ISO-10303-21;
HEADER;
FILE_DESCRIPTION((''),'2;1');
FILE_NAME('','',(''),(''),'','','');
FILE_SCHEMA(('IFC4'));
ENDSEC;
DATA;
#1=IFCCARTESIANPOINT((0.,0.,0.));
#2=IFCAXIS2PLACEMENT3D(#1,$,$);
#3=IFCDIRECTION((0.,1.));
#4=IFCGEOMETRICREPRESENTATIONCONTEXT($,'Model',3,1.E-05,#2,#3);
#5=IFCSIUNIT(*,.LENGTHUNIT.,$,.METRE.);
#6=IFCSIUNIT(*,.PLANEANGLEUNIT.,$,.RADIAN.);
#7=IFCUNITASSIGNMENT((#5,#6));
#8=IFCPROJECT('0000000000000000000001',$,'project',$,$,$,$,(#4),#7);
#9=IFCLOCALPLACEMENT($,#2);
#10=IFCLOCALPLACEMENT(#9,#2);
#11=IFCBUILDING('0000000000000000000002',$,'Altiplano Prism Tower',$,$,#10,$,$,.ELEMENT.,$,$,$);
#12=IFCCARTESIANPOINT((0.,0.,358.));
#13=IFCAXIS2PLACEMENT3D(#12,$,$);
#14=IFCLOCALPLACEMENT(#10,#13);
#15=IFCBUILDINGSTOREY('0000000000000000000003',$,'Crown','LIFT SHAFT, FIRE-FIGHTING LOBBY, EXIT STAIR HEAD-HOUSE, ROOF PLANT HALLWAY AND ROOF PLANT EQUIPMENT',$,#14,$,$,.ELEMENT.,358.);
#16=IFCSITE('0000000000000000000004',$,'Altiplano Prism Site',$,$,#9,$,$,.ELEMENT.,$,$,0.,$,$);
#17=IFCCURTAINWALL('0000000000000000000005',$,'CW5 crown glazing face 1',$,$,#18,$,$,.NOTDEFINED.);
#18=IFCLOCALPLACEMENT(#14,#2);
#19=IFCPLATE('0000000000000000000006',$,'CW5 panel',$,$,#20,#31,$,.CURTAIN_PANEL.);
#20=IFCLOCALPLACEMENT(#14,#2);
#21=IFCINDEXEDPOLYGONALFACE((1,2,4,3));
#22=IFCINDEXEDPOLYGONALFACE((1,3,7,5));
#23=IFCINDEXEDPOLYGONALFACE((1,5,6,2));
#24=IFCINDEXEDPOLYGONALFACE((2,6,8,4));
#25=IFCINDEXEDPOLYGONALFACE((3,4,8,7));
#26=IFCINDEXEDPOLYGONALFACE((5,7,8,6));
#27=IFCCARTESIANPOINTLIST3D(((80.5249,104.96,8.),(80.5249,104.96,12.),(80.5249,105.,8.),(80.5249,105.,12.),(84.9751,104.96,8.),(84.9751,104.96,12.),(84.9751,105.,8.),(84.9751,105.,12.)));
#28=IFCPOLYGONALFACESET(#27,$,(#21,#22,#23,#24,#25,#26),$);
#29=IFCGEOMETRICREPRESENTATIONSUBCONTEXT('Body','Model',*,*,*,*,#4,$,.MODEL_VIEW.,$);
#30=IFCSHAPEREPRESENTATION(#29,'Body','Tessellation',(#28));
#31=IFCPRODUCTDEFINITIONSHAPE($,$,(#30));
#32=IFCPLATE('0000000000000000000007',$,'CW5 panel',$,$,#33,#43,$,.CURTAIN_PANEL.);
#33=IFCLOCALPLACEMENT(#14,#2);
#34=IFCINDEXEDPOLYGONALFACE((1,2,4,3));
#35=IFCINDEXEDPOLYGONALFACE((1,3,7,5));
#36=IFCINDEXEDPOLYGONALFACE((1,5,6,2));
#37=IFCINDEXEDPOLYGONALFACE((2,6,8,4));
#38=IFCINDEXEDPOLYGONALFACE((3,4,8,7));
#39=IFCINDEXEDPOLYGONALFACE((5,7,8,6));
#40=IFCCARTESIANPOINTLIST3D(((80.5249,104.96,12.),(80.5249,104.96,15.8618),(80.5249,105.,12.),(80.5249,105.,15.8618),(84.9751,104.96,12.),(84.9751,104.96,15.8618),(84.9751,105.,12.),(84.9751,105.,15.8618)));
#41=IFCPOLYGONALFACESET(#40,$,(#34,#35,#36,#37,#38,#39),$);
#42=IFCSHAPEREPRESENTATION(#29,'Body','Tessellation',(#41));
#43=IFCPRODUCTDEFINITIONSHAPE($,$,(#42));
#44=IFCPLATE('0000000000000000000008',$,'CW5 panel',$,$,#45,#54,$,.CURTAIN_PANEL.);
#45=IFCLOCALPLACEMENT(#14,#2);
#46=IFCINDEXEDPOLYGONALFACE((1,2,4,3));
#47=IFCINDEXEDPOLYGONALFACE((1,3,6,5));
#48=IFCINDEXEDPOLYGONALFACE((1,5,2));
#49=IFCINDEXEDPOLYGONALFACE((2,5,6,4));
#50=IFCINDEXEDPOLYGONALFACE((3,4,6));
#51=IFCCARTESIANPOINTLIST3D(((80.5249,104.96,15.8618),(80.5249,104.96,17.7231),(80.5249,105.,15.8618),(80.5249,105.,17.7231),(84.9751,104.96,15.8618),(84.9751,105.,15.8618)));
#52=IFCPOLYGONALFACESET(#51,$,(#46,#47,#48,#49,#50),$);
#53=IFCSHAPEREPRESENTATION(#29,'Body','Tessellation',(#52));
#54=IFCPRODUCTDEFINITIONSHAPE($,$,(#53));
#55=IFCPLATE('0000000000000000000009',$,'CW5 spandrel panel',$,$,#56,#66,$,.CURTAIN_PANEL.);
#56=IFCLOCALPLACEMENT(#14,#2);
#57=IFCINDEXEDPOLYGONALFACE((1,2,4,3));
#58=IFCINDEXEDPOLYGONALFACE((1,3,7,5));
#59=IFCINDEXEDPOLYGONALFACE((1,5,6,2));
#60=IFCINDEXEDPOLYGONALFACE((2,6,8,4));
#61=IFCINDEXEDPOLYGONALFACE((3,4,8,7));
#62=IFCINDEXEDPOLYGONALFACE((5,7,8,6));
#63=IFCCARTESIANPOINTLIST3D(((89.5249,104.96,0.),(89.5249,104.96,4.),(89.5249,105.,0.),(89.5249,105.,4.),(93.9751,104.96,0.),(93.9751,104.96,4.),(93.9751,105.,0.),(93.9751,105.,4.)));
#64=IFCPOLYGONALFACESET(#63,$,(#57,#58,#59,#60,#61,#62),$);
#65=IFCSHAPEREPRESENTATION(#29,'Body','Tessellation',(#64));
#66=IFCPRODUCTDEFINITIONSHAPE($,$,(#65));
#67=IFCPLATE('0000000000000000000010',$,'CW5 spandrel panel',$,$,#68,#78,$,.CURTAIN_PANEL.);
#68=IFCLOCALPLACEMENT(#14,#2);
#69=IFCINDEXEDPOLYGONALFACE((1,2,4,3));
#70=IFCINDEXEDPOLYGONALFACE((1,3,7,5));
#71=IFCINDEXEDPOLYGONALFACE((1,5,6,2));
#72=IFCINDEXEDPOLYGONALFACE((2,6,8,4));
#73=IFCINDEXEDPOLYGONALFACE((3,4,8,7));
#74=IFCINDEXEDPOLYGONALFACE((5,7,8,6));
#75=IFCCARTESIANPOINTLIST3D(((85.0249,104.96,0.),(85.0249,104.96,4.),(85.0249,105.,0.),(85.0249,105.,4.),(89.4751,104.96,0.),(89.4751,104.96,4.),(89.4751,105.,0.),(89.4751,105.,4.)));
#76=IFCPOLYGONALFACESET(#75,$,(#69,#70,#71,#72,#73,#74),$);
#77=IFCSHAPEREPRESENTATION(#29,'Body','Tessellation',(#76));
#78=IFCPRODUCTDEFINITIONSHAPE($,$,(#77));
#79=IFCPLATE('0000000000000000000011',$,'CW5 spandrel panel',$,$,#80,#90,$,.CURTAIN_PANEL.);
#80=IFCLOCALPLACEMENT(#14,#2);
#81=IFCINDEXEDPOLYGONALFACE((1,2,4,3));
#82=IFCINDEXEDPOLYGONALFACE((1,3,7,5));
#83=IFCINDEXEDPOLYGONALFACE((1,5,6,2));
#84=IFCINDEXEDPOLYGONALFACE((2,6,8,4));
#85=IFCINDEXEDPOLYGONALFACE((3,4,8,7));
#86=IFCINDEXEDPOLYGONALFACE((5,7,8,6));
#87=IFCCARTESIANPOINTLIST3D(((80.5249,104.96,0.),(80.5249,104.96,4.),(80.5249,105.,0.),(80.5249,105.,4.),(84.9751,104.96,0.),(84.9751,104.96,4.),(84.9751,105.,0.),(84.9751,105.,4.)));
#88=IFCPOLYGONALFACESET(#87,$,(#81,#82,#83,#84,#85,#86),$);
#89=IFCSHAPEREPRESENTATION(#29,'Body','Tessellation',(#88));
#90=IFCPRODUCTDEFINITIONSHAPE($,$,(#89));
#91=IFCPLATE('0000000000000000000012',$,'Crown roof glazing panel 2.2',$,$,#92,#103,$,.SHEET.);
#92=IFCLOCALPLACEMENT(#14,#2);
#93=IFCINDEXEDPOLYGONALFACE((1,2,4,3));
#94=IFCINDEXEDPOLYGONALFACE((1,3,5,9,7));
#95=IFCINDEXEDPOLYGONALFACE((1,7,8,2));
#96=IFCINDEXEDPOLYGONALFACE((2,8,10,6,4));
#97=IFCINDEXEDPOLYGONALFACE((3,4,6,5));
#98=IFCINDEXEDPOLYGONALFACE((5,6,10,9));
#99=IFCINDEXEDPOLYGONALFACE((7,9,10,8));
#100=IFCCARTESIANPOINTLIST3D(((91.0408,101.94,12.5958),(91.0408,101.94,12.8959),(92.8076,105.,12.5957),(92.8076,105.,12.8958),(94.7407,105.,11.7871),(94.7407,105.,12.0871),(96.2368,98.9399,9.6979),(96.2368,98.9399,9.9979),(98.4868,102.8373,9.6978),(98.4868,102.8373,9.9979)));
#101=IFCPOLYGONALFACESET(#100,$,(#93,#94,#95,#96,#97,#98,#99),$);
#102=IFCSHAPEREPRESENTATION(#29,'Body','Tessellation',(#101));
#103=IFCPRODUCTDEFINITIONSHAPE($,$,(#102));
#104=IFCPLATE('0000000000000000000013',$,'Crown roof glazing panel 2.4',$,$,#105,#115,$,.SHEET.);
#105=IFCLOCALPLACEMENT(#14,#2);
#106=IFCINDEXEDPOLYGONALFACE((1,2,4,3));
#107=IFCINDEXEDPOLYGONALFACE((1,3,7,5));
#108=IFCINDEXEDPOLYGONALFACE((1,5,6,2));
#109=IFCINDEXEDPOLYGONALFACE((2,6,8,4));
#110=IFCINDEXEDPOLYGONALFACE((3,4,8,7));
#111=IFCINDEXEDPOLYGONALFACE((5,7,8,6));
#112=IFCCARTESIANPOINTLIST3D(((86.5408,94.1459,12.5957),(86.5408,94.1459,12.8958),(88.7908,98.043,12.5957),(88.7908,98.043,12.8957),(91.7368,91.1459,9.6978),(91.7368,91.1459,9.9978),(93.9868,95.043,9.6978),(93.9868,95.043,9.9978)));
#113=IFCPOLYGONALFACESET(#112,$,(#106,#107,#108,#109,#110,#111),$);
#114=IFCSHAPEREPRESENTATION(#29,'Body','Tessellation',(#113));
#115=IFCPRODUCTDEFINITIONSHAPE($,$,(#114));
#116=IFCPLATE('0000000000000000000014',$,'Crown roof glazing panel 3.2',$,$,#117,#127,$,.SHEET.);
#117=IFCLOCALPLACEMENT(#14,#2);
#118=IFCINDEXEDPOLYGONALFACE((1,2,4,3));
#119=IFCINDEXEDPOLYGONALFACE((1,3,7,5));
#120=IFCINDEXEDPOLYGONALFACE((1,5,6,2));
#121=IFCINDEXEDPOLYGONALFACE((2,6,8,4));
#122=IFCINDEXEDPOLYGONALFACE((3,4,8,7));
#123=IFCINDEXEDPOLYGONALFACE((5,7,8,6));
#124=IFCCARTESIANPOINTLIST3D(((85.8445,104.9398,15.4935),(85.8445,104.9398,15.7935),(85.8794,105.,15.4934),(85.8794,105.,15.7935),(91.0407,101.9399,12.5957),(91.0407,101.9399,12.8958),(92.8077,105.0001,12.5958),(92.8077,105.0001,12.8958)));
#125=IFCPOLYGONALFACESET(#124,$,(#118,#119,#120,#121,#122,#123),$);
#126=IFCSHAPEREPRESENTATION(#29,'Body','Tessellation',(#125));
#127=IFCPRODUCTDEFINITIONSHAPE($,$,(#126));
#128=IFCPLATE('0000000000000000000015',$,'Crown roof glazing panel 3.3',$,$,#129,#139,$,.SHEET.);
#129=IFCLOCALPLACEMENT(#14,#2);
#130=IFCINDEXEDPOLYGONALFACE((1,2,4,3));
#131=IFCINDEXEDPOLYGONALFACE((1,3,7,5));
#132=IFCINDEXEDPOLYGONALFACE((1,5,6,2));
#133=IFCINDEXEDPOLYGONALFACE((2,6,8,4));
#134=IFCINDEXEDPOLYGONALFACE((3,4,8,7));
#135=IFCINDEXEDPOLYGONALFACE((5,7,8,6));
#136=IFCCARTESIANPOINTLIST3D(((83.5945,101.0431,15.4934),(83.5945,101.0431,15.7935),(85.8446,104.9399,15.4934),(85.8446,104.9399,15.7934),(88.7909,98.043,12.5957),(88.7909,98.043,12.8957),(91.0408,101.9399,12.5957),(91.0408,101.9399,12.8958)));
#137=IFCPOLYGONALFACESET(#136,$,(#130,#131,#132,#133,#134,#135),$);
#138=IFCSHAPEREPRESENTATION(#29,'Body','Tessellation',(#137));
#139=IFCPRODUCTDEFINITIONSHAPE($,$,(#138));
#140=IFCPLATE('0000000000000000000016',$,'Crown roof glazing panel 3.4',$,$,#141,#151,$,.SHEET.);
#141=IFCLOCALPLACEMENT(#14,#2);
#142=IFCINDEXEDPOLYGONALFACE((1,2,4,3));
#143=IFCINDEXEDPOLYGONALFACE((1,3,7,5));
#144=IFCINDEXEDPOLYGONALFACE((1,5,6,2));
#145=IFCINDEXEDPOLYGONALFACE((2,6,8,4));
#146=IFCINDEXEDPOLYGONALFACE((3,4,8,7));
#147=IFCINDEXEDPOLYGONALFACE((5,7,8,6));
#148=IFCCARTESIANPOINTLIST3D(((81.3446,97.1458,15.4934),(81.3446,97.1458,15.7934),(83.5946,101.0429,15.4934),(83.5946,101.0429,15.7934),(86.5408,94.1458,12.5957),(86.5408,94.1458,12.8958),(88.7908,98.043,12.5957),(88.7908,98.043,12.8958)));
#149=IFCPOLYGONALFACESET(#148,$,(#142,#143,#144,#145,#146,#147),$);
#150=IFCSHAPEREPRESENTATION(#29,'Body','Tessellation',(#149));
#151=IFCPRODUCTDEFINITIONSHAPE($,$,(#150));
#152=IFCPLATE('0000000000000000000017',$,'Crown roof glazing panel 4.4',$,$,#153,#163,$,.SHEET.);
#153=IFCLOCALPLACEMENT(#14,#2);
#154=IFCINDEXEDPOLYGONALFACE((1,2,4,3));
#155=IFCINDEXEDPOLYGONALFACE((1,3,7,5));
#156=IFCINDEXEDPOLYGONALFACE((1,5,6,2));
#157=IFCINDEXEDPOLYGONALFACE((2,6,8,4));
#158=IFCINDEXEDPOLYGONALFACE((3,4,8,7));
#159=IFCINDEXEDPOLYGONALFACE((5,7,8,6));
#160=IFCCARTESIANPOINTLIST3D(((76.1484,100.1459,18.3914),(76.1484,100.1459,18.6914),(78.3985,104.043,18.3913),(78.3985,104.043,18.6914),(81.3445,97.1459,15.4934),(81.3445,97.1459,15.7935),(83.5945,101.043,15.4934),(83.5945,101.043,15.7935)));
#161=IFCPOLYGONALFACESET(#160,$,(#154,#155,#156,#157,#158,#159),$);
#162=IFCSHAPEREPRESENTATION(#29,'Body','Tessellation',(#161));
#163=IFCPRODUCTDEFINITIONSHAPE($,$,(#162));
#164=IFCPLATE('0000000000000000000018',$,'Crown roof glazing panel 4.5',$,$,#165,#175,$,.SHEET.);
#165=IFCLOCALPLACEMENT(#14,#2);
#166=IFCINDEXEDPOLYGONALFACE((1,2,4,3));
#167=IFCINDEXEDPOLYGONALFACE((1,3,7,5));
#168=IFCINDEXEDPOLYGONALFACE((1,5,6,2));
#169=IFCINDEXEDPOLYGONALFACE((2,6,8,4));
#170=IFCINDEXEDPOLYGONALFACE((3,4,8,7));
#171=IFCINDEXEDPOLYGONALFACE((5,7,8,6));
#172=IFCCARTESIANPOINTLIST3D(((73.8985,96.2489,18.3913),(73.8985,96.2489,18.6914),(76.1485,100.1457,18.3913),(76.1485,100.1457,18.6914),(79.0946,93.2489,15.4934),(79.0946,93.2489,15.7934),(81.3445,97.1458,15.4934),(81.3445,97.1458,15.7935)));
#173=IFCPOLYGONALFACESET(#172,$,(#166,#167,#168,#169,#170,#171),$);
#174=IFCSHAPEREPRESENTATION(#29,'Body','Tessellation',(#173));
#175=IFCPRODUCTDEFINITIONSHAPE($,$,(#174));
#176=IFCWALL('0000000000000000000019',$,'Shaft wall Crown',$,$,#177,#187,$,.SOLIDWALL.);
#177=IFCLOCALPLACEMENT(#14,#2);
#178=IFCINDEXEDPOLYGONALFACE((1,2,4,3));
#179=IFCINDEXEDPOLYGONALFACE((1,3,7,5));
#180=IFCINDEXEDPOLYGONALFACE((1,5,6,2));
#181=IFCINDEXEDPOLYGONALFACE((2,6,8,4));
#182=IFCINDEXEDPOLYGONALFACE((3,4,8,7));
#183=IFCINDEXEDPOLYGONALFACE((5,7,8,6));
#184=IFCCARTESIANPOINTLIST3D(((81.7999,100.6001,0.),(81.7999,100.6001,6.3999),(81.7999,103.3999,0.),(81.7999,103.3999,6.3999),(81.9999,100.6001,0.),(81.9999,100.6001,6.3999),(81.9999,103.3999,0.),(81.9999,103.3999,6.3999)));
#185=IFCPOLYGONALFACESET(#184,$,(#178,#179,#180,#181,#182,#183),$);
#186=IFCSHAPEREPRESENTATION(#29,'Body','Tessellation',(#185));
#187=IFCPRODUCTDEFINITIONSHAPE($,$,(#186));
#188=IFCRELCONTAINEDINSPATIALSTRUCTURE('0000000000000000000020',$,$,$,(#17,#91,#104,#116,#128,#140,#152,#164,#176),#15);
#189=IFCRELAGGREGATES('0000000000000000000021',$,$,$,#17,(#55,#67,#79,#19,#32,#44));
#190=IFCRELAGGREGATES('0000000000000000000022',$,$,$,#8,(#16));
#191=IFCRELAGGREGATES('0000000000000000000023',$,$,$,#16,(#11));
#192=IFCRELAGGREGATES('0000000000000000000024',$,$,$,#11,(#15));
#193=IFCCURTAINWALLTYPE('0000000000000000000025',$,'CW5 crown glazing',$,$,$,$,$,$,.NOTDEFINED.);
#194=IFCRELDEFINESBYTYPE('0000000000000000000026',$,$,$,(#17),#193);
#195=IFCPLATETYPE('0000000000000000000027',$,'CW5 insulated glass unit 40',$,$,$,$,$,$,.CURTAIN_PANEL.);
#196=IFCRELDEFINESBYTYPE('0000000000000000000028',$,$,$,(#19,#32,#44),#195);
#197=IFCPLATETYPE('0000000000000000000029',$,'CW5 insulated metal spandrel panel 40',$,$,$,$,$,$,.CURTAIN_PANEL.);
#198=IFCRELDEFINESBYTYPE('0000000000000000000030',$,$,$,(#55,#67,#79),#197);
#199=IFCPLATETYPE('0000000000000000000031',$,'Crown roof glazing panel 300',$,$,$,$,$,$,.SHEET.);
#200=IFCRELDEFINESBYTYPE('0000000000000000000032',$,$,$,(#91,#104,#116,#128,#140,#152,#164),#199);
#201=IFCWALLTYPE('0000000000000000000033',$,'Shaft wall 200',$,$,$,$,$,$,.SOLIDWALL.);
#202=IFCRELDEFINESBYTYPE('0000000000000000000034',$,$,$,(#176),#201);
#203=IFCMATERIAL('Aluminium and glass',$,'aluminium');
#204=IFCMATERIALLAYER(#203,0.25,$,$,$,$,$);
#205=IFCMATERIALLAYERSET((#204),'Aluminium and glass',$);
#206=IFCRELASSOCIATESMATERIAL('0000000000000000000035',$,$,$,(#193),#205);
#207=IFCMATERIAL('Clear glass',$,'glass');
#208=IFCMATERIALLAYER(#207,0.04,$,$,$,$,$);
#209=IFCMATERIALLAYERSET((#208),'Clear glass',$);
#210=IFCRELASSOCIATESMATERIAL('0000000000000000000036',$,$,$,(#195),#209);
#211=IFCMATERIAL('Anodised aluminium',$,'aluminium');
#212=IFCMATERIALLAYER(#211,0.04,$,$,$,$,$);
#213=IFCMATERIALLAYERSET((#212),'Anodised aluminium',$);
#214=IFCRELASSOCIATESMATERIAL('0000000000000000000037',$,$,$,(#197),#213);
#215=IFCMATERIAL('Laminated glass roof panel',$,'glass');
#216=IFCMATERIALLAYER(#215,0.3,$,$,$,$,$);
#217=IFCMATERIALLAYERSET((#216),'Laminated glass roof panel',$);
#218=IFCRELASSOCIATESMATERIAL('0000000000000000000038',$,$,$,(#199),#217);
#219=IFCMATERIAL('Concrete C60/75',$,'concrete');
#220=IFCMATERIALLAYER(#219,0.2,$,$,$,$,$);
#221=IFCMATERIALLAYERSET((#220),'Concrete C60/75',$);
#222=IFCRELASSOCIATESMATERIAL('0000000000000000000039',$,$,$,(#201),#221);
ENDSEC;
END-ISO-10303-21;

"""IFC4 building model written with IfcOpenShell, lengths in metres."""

from ifc_helpers import new_model, si_unit, direction, frame, frame_2d, origin, place, context, subcontext, project, spatial, polyline, rectangle, outline, extrude, material, layer, layer_set, type_object, element, aggregate, save


model = new_model("IFC4")

# Units and contexts
model_context = context("Model", 3, precision=1e-05, world=origin(), true_north=direction((0.0, 1.0)))
body_context = subcontext(model_context, "Body", "Model", "MODEL_VIEW")
ifc_project = project(units=[si_unit("LENGTHUNIT", "METRE"), si_unit("PLANEANGLEUNIT", "RADIAN")], contexts=[model_context])

# Site, building, storey
site_placement = place(None, origin())
site = spatial("IfcSite", under=ifc_project, at=site_placement, Name="Altiplano Prism Site", CompositionType="ELEMENT", RefElevation=0.0)
building_placement = place(site_placement, origin())
building = spatial("IfcBuilding", under=site, at=building_placement, Name="Altiplano Prism Tower", CompositionType="ELEMENT")
storey_placement = place(building_placement, frame((0.0, 0.0, 358.0)))
storey = spatial("IfcBuildingStorey", under=building, at=storey_placement, Name="Crown", Description="LIFT SHAFT, FIRE-FIGHTING LOBBY, EXIT STAIR HEAD-HOUSE, ROOF PLANT HALLWAY AND ROOF PLANT EQUIPMENT", CompositionType="ELEMENT", Elevation=358.0)

# Curtain wall, plates
ifc_material_1 = material(Name="Aluminium and glass", Category="aluminium")
ifc_layer_1 = layer(ifc_material_1, 0.25)
ifc_layer_set_1 = layer_set([ifc_layer_1], Name="Aluminium and glass")
curtain_wall_type = type_object("IfcCurtainWallType", Name="CW5 crown glazing", PredefinedType="NOTDEFINED", material=ifc_layer_set_1)
curtain_wall_placement = place(storey_placement, origin())
curtain_wall = element("IfcCurtainWall", 1, at=curtain_wall_placement, inside=storey, type_object=curtain_wall_type, Name="CW5 crown glazing face 1", PredefinedType="NOTDEFINED")
ifc_material_2 = material(Name="Clear glass", Category="glass")
ifc_layer_2 = layer(ifc_material_2, 0.04)
ifc_layer_set_2 = layer_set([ifc_layer_2], Name="Clear glass")
plate_type_1 = type_object("IfcPlateType", Name="CW5 insulated glass unit 40", PredefinedType="CURTAIN_PANEL", material=ifc_layer_set_2)
plate_1_placement = place(storey_placement, frame((84.9751, 105.0, 8.0), z_axis=(0.0, 1.0, 0.0), x_axis=(-1.0, 0.0, 0.0)))
plate_1 = element("IfcPlate", 2, at=plate_1_placement, type_object=plate_type_1, Name="CW5 panel", PredefinedType="CURTAIN_PANEL", context=body_context, shape_type="SweptSolid", body=[
    extrude(outline(polyline([(0.0, 0.0), (4.4502, 0.0), (4.4502, 4.0), (0.0, 4.0), (0.0, 0.0)])), origin(), (0.0, 0.0, -1.0), 0.04),
])
plate_2_placement = place(storey_placement, frame((84.9751, 105.0, 12.0), z_axis=(0.0, 1.0, 0.0), x_axis=(-1.0, 0.0, 0.0)))
plate_2 = element("IfcPlate", 3, at=plate_2_placement, type_object=plate_type_1, Name="CW5 panel", PredefinedType="CURTAIN_PANEL", context=body_context, shape_type="SweptSolid", body=[
    extrude(outline(polyline([(0.0, 0.0), (4.4502, 0.0), (4.4502, 3.8618), (0.0, 3.8618), (0.0, 0.0)])), origin(), (0.0, 0.0, -1.0), 0.04),
])
plate_3_placement = place(storey_placement, frame((84.9751, 105.0, 15.8618), z_axis=(0.0, 1.0, 0.0), x_axis=(-1.0, 0.0, 0.0)))
plate_3 = element("IfcPlate", 4, at=plate_3_placement, type_object=plate_type_1, Name="CW5 panel", PredefinedType="CURTAIN_PANEL", context=body_context, shape_type="SweptSolid", body=[
    extrude(outline(polyline([(0.0, 0.0), (4.4502, 0.0), (4.4502, 1.8613), (0.0, 0.0)])), origin(), (0.0, 0.0, -1.0), 0.04),
])
ifc_material_3 = material(Name="Anodised aluminium", Category="aluminium")
ifc_layer_3 = layer(ifc_material_3, 0.04)
ifc_layer_set_3 = layer_set([ifc_layer_3], Name="Anodised aluminium")
plate_type_2 = type_object("IfcPlateType", Name="CW5 insulated metal spandrel panel 40", PredefinedType="CURTAIN_PANEL", material=ifc_layer_set_3)
plate_4_placement = place(storey_placement, frame((93.9751, 105.0, 0.0), z_axis=(0.0, 1.0, 0.0), x_axis=(-1.0, 0.0, 0.0)))
plate_4 = element("IfcPlate", 5, at=plate_4_placement, type_object=plate_type_2, Name="CW5 spandrel panel", PredefinedType="CURTAIN_PANEL", context=body_context, shape_type="SweptSolid", body=[
    extrude(outline(polyline([(0.0, 0.0), (4.4502, 0.0), (4.4502, 4.0), (0.0, 4.0), (0.0, 0.0)])), origin(), (0.0, 0.0, -1.0), 0.04),
])
plate_5_placement = place(storey_placement, frame((89.4751, 105.0, 0.0), z_axis=(0.0, 1.0, 0.0), x_axis=(-1.0, 0.0, 0.0)))
plate_5 = element("IfcPlate", 6, at=plate_5_placement, type_object=plate_type_2, Name="CW5 spandrel panel", PredefinedType="CURTAIN_PANEL", context=body_context, shape_type="SweptSolid", body=[
    extrude(outline(polyline([(0.0, 0.0), (4.4502, 0.0), (4.4502, 4.0), (0.0, 4.0), (0.0, 0.0)])), origin(), (0.0, 0.0, -1.0), 0.04),
])
plate_6_placement = place(storey_placement, frame((84.9751, 105.0, 0.0), z_axis=(0.0, 1.0, 0.0), x_axis=(-1.0, 0.0, 0.0)))
plate_6 = element("IfcPlate", 7, at=plate_6_placement, type_object=plate_type_2, Name="CW5 spandrel panel", PredefinedType="CURTAIN_PANEL", context=body_context, shape_type="SweptSolid", body=[
    extrude(outline(polyline([(0.0, 0.0), (4.4502, 0.0), (4.4502, 4.0), (0.0, 4.0), (0.0, 0.0)])), origin(), (0.0, 0.0, -1.0), 0.04),
])
aggregate(curtain_wall, [plate_4, plate_5, plate_6, plate_1, plate_2, plate_3])

# Plates
ifc_material_4 = material(Name="Laminated glass roof panel", Category="glass")
ifc_layer_4 = layer(ifc_material_4, 0.3)
ifc_layer_set_4 = layer_set([ifc_layer_4], Name="Laminated glass roof panel")
plate_type_3 = type_object("IfcPlateType", Name="Crown roof glazing panel 300", PredefinedType="SHEET", material=ifc_layer_set_4)
plate_7_placement = place(storey_placement, frame((92.8076, 105.0, 12.8958), z_axis=(0.376668, -0.217446, 0.900466), x_axis=(-0.500013, -0.866018, 0.00003)))
element("IfcPlate", 8, at=plate_7_placement, inside=storey, type_object=plate_type_3, Name="Crown roof glazing panel 2.2", PredefinedType="SHEET", context=body_context, shape_type="SweptSolid", body=[
    extrude(outline(polyline([(0.0, 0.0), (3.5334, 0.0), (3.5334, 6.6631), (-0.9668, 6.6628), (-0.9666, 1.8591), (0.0, 0.0)])), origin(), (-0.00003, 0.434927, -0.900466), 0.3),
])
plate_8_placement = place(storey_placement, frame((93.9868, 95.043, 9.9978), z_axis=(0.376658, -0.217458, 0.900467), x_axis=(-0.779823, 0.45024, 0.434925)))
element("IfcPlate", 9, at=plate_8_placement, inside=storey, type_object=plate_type_3, Name="Crown roof glazing panel 2.4", PredefinedType="SHEET", context=body_context, shape_type="SweptSolid", body=[
    extrude(outline(polyline([(0.0, 0.0), (6.6631, 0.0), (6.6631, 4.5), (0.0, 4.5), (0.0, 0.0)])), origin(), (-0.434925, -0.000008, -0.900467), 0.3),
])
plate_9_placement = place(storey_placement, frame((85.8794, 105.0, 15.7935), z_axis=(0.376611, -0.217479, 0.900482), x_axis=(-0.502089, -0.864815, 0.001125)))
element("IfcPlate", 10, at=plate_9_placement, inside=storey, type_object=plate_type_3, Name="Crown roof glazing panel 3.2", PredefinedType="SHEET", context=body_context, shape_type="SweptSolid", body=[
    extrude(outline(polyline([(0.0, 0.0), (0.0696, 0.0), (0.0518, 6.6631), (-3.4819, 6.6538), (0.0, 0.0)])), origin(), (-0.001125, 0.434893, -0.900482), 0.3),
])
plate_10_placement = place(storey_placement, frame((91.0408, 101.9399, 12.8958), z_axis=(0.376616, -0.217447, 0.900487), x_axis=(-0.77985, 0.450235, 0.434882)))
element("IfcPlate", 11, at=plate_10_placement, inside=storey, type_object=plate_type_3, Name="Crown roof glazing panel 3.3", PredefinedType="SHEET", context=body_context, shape_type="SweptSolid", body=[
    extrude(outline(polyline([(0.0, 0.0), (6.6631, 0.0), (6.6633, 4.4998), (0.0, 4.4998), (0.0, 0.0)])), origin(), (-0.434882, 0.000011, -0.900487), 0.3),
])
plate_11_placement = place(storey_placement, frame((88.7908, 98.043, 12.8958), z_axis=(0.376622, -0.217437, 0.900487), x_axis=(-0.77985, 0.450235, 0.434882)))
element("IfcPlate", 12, at=plate_11_placement, inside=storey, type_object=plate_type_3, Name="Crown roof glazing panel 3.4", PredefinedType="SHEET", context=body_context, shape_type="SweptSolid", body=[
    extrude(outline(polyline([(0.0, 0.0), (6.6631, 0.0), (6.6631, 4.5), (0.0, 4.5), (0.0, 0.0)])), origin(), (-0.434882, 0.0, -0.900487), 0.3),
])
plate_12_placement = place(storey_placement, frame((83.5945, 101.043, 15.7935), z_axis=(0.376658, -0.217458, 0.900467), x_axis=(-0.779823, 0.45024, 0.434925)))
element("IfcPlate", 13, at=plate_12_placement, inside=storey, type_object=plate_type_3, Name="Crown roof glazing panel 4.4", PredefinedType="SHEET", context=body_context, shape_type="SweptSolid", body=[
    extrude(outline(polyline([(0.0, 0.0), (6.6631, 0.0), (6.6631, 4.5), (0.0, 4.5), (0.0, 0.0)])), origin(), (-0.434925, -0.000008, -0.900467), 0.3),
])
plate_13_placement = place(storey_placement, frame((81.3445, 97.1458, 15.7935), z_axis=(0.376652, -0.217468, 0.900467), x_axis=(-0.779823, 0.45024, 0.434925)))
element("IfcPlate", 14, at=plate_13_placement, inside=storey, type_object=plate_type_3, Name="Crown roof glazing panel 4.5", PredefinedType="SHEET", context=body_context, shape_type="SweptSolid", body=[
    extrude(outline(polyline([(0.0, 0.0), (6.6631, 0.0), (6.6631, 4.4998), (0.0, 4.4998), (0.0, 0.0)])), origin(), (-0.434925, 0.000003, -0.900467), 0.3),
])

# Wall
ifc_material_5 = material(Name="Concrete C60/75", Category="concrete")
ifc_layer_5 = layer(ifc_material_5, 0.2)
ifc_layer_set_5 = layer_set([ifc_layer_5], Name="Concrete C60/75")
wall_type_1 = type_object("IfcWallType", Name="Shaft wall 200", PredefinedType="SOLIDWALL", material=ifc_layer_set_5)
for number, where, z_axis, x_axis, name in (
    (15, (81.8999, 100.6001, 0.0), (0.0, 0.0, 1.0), (0.0, 1.0, 0.0), "Shaft wall Crown"),
):
    element("IfcWall", number, at=place(storey_placement, frame(where, z_axis=z_axis, x_axis=x_axis)), inside=storey, type_object=wall_type_1, Name=name, PredefinedType="SOLIDWALL", context=body_context, shape_type="SweptSolid", body=[
        extrude(rectangle(XDim=2.7998, YDim=0.2, at=frame_2d((1.3999, 0.0))), origin(), (0.0, 0.0, 1.0), 6.3999),
    ])

save(model, "model.ifc")
